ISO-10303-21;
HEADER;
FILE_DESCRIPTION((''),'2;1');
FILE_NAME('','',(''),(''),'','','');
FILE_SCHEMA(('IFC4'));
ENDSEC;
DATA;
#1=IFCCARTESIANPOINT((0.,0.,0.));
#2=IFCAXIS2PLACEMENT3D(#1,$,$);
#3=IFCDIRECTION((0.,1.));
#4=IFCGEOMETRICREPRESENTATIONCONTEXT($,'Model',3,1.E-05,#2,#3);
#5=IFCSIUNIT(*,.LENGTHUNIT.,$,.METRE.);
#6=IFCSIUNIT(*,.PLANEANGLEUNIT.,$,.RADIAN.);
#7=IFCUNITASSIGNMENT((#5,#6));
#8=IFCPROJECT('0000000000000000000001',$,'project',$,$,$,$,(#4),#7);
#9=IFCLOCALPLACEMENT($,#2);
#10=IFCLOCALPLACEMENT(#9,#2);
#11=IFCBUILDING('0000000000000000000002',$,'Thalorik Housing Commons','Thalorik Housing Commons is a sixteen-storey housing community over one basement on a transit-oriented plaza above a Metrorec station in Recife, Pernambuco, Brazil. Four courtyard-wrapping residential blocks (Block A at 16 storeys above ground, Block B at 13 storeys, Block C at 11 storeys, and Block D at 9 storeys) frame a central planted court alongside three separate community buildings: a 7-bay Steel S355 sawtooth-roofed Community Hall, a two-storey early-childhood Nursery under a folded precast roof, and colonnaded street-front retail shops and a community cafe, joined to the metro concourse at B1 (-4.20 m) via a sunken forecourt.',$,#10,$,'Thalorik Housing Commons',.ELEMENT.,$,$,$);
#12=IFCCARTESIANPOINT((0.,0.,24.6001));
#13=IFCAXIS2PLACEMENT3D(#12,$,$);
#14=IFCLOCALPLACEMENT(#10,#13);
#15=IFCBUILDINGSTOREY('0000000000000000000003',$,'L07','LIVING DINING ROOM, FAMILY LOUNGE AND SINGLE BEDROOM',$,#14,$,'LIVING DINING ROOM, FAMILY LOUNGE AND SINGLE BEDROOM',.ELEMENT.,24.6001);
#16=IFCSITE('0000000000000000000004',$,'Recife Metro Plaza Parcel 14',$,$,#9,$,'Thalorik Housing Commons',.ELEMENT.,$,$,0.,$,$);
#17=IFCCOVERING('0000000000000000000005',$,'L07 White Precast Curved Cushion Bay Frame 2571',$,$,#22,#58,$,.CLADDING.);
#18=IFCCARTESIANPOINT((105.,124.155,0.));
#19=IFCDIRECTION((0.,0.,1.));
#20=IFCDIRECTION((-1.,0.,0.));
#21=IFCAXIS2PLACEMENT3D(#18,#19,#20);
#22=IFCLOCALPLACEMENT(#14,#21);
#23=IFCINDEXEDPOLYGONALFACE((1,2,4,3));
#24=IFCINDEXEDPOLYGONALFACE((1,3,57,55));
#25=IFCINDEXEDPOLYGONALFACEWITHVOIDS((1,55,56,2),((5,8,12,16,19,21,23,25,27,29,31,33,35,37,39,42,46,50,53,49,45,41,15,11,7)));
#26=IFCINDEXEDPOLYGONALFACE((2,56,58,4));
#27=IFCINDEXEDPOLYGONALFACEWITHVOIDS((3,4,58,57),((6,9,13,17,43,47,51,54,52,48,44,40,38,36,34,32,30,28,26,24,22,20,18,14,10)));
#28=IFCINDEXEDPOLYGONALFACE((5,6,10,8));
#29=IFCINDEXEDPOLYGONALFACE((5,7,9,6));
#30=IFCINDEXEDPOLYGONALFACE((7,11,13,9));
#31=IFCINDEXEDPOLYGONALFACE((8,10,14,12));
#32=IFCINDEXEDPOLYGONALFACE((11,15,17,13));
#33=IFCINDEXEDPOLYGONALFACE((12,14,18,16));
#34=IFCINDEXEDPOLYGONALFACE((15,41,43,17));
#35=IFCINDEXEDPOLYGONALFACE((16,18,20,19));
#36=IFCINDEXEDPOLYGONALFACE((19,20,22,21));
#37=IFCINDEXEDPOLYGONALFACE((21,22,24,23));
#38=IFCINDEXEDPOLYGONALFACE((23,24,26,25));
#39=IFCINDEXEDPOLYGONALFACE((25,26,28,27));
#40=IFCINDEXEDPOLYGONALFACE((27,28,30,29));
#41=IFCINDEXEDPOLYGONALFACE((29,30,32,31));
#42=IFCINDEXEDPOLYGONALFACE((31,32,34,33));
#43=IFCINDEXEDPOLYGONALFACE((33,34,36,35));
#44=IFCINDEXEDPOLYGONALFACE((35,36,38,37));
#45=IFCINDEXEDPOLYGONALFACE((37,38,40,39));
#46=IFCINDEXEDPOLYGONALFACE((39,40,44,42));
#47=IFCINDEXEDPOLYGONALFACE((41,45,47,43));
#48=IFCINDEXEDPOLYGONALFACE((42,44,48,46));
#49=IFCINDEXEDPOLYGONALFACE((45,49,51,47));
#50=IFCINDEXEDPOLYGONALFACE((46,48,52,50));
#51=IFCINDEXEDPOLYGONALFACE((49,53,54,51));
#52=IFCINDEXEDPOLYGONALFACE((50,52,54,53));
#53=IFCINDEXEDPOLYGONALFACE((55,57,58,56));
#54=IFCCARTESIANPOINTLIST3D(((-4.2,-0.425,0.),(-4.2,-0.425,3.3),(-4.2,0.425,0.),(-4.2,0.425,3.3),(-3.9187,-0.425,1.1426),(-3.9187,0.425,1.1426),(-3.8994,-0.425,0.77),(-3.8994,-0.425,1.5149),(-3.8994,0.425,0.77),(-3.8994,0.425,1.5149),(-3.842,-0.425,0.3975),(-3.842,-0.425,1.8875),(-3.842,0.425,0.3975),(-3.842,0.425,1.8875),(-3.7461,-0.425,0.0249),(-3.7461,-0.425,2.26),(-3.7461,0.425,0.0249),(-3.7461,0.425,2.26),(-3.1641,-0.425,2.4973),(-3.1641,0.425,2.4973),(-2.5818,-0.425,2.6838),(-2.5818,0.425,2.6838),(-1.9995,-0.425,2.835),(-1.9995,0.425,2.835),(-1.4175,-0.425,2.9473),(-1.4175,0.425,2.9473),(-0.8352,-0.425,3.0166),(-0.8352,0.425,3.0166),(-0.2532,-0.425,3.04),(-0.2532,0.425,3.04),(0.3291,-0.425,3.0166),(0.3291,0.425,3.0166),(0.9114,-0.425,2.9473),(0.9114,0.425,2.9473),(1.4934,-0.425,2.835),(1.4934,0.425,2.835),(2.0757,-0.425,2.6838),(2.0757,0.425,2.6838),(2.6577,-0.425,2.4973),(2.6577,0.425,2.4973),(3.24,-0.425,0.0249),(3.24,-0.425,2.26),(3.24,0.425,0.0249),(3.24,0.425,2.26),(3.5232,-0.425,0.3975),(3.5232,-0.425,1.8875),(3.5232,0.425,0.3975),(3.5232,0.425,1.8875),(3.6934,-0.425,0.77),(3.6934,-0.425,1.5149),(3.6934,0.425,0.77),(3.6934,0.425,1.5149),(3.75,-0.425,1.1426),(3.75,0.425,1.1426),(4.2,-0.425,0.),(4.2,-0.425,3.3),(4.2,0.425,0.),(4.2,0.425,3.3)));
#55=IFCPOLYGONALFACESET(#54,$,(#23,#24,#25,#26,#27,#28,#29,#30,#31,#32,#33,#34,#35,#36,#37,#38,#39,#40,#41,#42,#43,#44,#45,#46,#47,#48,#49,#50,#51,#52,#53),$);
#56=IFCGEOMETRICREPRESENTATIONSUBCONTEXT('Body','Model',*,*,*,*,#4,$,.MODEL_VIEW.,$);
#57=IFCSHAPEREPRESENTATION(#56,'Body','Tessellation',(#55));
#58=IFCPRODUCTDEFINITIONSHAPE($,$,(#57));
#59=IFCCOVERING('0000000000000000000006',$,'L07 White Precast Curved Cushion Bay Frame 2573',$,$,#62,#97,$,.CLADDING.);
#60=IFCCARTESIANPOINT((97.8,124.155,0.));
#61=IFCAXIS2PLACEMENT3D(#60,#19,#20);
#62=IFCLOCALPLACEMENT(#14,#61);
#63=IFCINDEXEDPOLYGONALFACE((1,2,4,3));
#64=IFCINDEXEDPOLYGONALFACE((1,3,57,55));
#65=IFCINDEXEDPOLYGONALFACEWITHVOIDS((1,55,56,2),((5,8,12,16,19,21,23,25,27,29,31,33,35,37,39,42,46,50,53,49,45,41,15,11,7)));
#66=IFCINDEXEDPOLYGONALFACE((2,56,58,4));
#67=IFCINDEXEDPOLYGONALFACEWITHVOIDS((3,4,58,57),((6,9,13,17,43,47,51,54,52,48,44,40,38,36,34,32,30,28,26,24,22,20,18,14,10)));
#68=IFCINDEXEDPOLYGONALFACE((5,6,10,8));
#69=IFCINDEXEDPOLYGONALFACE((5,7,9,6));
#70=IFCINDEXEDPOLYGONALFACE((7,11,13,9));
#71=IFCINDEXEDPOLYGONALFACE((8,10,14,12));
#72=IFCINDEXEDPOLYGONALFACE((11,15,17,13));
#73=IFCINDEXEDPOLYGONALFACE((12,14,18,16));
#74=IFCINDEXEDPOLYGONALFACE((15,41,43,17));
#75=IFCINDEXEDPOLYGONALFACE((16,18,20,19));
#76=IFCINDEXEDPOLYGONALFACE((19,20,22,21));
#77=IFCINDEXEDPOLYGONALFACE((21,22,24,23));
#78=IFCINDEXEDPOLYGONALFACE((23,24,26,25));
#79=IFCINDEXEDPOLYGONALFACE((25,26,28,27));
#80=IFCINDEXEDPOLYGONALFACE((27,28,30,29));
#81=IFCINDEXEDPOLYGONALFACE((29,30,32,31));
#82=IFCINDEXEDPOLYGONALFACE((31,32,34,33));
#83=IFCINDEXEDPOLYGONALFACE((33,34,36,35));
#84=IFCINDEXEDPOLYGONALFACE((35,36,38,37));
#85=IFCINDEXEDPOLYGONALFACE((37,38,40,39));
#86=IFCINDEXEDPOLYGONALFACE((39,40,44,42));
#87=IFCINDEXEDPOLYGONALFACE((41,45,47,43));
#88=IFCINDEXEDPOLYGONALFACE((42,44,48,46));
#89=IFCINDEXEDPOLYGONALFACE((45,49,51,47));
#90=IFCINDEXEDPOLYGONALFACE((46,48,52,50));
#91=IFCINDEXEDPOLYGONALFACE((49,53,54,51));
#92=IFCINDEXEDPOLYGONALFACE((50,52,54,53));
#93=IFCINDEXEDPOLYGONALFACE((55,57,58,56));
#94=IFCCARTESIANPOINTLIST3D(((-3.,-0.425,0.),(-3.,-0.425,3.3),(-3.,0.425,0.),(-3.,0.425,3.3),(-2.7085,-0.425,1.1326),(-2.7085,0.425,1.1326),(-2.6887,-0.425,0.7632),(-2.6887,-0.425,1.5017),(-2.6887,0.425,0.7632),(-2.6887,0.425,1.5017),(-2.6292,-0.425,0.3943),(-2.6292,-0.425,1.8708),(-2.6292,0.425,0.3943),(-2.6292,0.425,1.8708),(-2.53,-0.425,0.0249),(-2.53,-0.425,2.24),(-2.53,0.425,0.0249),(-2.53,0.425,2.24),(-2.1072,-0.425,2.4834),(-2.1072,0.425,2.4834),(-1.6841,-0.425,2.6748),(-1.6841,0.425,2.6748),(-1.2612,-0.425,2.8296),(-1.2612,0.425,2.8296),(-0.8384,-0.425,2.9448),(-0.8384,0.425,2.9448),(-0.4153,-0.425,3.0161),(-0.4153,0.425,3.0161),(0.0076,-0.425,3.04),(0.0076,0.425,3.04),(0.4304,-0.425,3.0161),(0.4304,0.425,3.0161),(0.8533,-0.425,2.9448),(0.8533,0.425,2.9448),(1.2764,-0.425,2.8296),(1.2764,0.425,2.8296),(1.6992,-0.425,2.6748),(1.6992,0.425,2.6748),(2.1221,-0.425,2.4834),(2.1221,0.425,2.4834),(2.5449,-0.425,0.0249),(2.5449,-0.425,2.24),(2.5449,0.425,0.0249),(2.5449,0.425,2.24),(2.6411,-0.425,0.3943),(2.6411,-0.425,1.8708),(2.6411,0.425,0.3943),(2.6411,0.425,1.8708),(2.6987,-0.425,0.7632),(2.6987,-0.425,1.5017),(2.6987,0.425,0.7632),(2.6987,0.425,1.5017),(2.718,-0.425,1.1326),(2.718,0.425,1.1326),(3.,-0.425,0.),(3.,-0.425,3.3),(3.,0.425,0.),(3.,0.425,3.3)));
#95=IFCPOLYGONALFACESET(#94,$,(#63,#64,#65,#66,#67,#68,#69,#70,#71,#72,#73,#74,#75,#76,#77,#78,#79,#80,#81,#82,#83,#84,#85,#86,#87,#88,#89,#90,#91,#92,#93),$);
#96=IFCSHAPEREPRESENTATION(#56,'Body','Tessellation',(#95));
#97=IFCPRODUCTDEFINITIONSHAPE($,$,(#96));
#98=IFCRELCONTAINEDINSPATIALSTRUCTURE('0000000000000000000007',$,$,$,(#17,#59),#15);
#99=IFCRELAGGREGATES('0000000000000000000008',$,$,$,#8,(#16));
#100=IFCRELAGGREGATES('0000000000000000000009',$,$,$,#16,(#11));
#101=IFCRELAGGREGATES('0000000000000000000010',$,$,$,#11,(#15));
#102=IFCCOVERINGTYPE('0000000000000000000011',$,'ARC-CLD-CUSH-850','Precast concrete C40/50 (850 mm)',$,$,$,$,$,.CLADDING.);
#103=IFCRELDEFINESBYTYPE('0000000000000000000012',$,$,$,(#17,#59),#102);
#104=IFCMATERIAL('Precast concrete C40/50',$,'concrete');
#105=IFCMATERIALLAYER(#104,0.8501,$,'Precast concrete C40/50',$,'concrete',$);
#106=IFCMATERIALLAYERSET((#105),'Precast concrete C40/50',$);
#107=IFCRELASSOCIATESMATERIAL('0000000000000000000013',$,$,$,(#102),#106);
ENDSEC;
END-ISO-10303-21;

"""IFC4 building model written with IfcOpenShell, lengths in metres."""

from ifc_helpers import new_model, si_unit, direction, frame, origin, place, context, subcontext, project, spatial, polyline, outline, extrude, material, layer, layer_set, type_object, element, save


model = new_model("IFC4")

# Units and contexts
model_context = context("Model", 3, precision=1e-05, world=origin(), true_north=direction((0.0, 1.0)))
body_context = subcontext(model_context, "Body", "Model", "MODEL_VIEW")
ifc_project = project(units=[si_unit("LENGTHUNIT", "METRE"), si_unit("PLANEANGLEUNIT", "RADIAN")], contexts=[model_context])

# Site, building, storey
site_placement = place(None, origin())
site = spatial("IfcSite", under=ifc_project, at=site_placement, Name="Recife Metro Plaza Parcel 14", LongName="Thalorik Housing Commons", CompositionType="ELEMENT", RefElevation=0.0)
building_placement = place(site_placement, origin())
building = spatial("IfcBuilding", under=site, at=building_placement, Name="Thalorik Housing Commons", Description="Thalorik Housing Commons is a sixteen-storey housing community over one basement on a transit-oriented plaza above a Metrorec station in Recife, Pernambuco, Brazil. Four courtyard-wrapping residential blocks (Block A at 16 storeys above ground, Block B at 13 storeys, Block C at 11 storeys, and Block D at 9 storeys) frame a central planted court alongside three separate community buildings: a 7-bay Steel S355 sawtooth-roofed Community Hall, a two-storey early-childhood Nursery under a folded precast roof, and colonnaded street-front retail shops and a community cafe, joined to the metro concourse at B1 (-4.20 m) via a sunken forecourt.", LongName="Thalorik Housing Commons", CompositionType="ELEMENT")
storey_placement = place(building_placement, frame((0.0, 0.0, 24.6001)))
storey = spatial("IfcBuildingStorey", under=building, at=storey_placement, Name="L07", Description="LIVING DINING ROOM, FAMILY LOUNGE AND SINGLE BEDROOM", LongName="LIVING DINING ROOM, FAMILY LOUNGE AND SINGLE BEDROOM", CompositionType="ELEMENT", Elevation=24.6001)

# Shared definitions
ifc_material_1 = material(Name="Precast concrete C40/50", Category="concrete")

# Coverings
ifc_layer_1 = layer(ifc_material_1, 0.8501, Name="Precast concrete C40/50", Category="concrete")
ifc_layer_set_1 = layer_set([ifc_layer_1], Name="Precast concrete C40/50")
covering_type_1 = type_object("IfcCoveringType", Name="ARC-CLD-CUSH-850", Description="Precast concrete C40/50 (850 mm)", PredefinedType="CLADDING", material=ifc_layer_set_1)
covering_1_placement = place(storey_placement, frame((105.0, 124.155, 0.0), z_axis=(0.0, 0.0, 1.0), x_axis=(-1.0, 0.0, 0.0)))
element("IfcCovering", 1, at=covering_1_placement, inside=storey, type_object=covering_type_1, Name="L07 White Precast Curved Cushion Bay Frame 2571", PredefinedType="CLADDING", context=body_context, shape_type="SweptSolid", body=[
    extrude(outline(polyline([(-4.2, 0.0), (4.2, 0.0), (4.2, 3.3), (-4.2, 3.3), (-4.2, 0.0)]), holes=[polyline([(3.24, 0.0249), (3.5232, 0.3975), (3.6934, 0.77), (3.75, 1.1426), (3.6934, 1.5149), (3.5232, 1.8875), (3.24, 2.26), (2.6577, 2.4973), (2.0757, 2.6838), (1.4934, 2.835), (0.9114, 2.9473), (0.3291, 3.0166), (-0.2532, 3.04), (-0.8352, 3.0166), (-1.4175, 2.9473), (-1.9995, 2.835), (-2.5818, 2.6838), (-3.1641, 2.4973), (-3.7461, 2.26), (-3.842, 1.8875), (-3.8994, 1.5149), (-3.9187, 1.1426), (-3.8994, 0.77), (-3.842, 0.3975), (-3.7461, 0.0249), (3.24, 0.0249)])]), frame((0.0, 0.425, 0.0), z_axis=(0.0, -1.0, 0.0), x_axis=(1.0, 0.0, 0.0)), (0.0, 0.0, 1.0), 0.8501),
])
covering_2_placement = place(storey_placement, frame((97.8, 124.155, 0.0), z_axis=(0.0, 0.0, 1.0), x_axis=(-1.0, 0.0, 0.0)))
element("IfcCovering", 2, at=covering_2_placement, inside=storey, type_object=covering_type_1, Name="L07 White Precast Curved Cushion Bay Frame 2573", PredefinedType="CLADDING", context=body_context, shape_type="SweptSolid", body=[
    extrude(outline(polyline([(-3.0, 0.0), (3.0, 0.0), (3.0, 3.3), (-3.0, 3.3), (-3.0, 0.0)]), holes=[polyline([(2.5449, 0.0249), (2.6411, 0.3943), (2.6987, 0.7632), (2.718, 1.1326), (2.6987, 1.5017), (2.6411, 1.8708), (2.5449, 2.24), (2.1221, 2.4834), (1.6992, 2.6748), (1.2764, 2.8296), (0.8533, 2.9448), (0.4304, 3.0161), (0.0076, 3.04), (-0.4153, 3.0161), (-0.8384, 2.9448), (-1.2612, 2.8296), (-1.6841, 2.6748), (-2.1072, 2.4834), (-2.53, 2.24), (-2.6292, 1.8708), (-2.6887, 1.5017), (-2.7085, 1.1326), (-2.6887, 0.7632), (-2.6292, 0.3943), (-2.53, 0.0249), (2.5449, 0.0249)])]), frame((0.0, 0.425, 0.0), z_axis=(0.0, -1.0, 0.0), x_axis=(1.0, 0.0, 0.0)), (0.0, 0.0, 1.0), 0.8501),
])

save(model, "model.ifc")
